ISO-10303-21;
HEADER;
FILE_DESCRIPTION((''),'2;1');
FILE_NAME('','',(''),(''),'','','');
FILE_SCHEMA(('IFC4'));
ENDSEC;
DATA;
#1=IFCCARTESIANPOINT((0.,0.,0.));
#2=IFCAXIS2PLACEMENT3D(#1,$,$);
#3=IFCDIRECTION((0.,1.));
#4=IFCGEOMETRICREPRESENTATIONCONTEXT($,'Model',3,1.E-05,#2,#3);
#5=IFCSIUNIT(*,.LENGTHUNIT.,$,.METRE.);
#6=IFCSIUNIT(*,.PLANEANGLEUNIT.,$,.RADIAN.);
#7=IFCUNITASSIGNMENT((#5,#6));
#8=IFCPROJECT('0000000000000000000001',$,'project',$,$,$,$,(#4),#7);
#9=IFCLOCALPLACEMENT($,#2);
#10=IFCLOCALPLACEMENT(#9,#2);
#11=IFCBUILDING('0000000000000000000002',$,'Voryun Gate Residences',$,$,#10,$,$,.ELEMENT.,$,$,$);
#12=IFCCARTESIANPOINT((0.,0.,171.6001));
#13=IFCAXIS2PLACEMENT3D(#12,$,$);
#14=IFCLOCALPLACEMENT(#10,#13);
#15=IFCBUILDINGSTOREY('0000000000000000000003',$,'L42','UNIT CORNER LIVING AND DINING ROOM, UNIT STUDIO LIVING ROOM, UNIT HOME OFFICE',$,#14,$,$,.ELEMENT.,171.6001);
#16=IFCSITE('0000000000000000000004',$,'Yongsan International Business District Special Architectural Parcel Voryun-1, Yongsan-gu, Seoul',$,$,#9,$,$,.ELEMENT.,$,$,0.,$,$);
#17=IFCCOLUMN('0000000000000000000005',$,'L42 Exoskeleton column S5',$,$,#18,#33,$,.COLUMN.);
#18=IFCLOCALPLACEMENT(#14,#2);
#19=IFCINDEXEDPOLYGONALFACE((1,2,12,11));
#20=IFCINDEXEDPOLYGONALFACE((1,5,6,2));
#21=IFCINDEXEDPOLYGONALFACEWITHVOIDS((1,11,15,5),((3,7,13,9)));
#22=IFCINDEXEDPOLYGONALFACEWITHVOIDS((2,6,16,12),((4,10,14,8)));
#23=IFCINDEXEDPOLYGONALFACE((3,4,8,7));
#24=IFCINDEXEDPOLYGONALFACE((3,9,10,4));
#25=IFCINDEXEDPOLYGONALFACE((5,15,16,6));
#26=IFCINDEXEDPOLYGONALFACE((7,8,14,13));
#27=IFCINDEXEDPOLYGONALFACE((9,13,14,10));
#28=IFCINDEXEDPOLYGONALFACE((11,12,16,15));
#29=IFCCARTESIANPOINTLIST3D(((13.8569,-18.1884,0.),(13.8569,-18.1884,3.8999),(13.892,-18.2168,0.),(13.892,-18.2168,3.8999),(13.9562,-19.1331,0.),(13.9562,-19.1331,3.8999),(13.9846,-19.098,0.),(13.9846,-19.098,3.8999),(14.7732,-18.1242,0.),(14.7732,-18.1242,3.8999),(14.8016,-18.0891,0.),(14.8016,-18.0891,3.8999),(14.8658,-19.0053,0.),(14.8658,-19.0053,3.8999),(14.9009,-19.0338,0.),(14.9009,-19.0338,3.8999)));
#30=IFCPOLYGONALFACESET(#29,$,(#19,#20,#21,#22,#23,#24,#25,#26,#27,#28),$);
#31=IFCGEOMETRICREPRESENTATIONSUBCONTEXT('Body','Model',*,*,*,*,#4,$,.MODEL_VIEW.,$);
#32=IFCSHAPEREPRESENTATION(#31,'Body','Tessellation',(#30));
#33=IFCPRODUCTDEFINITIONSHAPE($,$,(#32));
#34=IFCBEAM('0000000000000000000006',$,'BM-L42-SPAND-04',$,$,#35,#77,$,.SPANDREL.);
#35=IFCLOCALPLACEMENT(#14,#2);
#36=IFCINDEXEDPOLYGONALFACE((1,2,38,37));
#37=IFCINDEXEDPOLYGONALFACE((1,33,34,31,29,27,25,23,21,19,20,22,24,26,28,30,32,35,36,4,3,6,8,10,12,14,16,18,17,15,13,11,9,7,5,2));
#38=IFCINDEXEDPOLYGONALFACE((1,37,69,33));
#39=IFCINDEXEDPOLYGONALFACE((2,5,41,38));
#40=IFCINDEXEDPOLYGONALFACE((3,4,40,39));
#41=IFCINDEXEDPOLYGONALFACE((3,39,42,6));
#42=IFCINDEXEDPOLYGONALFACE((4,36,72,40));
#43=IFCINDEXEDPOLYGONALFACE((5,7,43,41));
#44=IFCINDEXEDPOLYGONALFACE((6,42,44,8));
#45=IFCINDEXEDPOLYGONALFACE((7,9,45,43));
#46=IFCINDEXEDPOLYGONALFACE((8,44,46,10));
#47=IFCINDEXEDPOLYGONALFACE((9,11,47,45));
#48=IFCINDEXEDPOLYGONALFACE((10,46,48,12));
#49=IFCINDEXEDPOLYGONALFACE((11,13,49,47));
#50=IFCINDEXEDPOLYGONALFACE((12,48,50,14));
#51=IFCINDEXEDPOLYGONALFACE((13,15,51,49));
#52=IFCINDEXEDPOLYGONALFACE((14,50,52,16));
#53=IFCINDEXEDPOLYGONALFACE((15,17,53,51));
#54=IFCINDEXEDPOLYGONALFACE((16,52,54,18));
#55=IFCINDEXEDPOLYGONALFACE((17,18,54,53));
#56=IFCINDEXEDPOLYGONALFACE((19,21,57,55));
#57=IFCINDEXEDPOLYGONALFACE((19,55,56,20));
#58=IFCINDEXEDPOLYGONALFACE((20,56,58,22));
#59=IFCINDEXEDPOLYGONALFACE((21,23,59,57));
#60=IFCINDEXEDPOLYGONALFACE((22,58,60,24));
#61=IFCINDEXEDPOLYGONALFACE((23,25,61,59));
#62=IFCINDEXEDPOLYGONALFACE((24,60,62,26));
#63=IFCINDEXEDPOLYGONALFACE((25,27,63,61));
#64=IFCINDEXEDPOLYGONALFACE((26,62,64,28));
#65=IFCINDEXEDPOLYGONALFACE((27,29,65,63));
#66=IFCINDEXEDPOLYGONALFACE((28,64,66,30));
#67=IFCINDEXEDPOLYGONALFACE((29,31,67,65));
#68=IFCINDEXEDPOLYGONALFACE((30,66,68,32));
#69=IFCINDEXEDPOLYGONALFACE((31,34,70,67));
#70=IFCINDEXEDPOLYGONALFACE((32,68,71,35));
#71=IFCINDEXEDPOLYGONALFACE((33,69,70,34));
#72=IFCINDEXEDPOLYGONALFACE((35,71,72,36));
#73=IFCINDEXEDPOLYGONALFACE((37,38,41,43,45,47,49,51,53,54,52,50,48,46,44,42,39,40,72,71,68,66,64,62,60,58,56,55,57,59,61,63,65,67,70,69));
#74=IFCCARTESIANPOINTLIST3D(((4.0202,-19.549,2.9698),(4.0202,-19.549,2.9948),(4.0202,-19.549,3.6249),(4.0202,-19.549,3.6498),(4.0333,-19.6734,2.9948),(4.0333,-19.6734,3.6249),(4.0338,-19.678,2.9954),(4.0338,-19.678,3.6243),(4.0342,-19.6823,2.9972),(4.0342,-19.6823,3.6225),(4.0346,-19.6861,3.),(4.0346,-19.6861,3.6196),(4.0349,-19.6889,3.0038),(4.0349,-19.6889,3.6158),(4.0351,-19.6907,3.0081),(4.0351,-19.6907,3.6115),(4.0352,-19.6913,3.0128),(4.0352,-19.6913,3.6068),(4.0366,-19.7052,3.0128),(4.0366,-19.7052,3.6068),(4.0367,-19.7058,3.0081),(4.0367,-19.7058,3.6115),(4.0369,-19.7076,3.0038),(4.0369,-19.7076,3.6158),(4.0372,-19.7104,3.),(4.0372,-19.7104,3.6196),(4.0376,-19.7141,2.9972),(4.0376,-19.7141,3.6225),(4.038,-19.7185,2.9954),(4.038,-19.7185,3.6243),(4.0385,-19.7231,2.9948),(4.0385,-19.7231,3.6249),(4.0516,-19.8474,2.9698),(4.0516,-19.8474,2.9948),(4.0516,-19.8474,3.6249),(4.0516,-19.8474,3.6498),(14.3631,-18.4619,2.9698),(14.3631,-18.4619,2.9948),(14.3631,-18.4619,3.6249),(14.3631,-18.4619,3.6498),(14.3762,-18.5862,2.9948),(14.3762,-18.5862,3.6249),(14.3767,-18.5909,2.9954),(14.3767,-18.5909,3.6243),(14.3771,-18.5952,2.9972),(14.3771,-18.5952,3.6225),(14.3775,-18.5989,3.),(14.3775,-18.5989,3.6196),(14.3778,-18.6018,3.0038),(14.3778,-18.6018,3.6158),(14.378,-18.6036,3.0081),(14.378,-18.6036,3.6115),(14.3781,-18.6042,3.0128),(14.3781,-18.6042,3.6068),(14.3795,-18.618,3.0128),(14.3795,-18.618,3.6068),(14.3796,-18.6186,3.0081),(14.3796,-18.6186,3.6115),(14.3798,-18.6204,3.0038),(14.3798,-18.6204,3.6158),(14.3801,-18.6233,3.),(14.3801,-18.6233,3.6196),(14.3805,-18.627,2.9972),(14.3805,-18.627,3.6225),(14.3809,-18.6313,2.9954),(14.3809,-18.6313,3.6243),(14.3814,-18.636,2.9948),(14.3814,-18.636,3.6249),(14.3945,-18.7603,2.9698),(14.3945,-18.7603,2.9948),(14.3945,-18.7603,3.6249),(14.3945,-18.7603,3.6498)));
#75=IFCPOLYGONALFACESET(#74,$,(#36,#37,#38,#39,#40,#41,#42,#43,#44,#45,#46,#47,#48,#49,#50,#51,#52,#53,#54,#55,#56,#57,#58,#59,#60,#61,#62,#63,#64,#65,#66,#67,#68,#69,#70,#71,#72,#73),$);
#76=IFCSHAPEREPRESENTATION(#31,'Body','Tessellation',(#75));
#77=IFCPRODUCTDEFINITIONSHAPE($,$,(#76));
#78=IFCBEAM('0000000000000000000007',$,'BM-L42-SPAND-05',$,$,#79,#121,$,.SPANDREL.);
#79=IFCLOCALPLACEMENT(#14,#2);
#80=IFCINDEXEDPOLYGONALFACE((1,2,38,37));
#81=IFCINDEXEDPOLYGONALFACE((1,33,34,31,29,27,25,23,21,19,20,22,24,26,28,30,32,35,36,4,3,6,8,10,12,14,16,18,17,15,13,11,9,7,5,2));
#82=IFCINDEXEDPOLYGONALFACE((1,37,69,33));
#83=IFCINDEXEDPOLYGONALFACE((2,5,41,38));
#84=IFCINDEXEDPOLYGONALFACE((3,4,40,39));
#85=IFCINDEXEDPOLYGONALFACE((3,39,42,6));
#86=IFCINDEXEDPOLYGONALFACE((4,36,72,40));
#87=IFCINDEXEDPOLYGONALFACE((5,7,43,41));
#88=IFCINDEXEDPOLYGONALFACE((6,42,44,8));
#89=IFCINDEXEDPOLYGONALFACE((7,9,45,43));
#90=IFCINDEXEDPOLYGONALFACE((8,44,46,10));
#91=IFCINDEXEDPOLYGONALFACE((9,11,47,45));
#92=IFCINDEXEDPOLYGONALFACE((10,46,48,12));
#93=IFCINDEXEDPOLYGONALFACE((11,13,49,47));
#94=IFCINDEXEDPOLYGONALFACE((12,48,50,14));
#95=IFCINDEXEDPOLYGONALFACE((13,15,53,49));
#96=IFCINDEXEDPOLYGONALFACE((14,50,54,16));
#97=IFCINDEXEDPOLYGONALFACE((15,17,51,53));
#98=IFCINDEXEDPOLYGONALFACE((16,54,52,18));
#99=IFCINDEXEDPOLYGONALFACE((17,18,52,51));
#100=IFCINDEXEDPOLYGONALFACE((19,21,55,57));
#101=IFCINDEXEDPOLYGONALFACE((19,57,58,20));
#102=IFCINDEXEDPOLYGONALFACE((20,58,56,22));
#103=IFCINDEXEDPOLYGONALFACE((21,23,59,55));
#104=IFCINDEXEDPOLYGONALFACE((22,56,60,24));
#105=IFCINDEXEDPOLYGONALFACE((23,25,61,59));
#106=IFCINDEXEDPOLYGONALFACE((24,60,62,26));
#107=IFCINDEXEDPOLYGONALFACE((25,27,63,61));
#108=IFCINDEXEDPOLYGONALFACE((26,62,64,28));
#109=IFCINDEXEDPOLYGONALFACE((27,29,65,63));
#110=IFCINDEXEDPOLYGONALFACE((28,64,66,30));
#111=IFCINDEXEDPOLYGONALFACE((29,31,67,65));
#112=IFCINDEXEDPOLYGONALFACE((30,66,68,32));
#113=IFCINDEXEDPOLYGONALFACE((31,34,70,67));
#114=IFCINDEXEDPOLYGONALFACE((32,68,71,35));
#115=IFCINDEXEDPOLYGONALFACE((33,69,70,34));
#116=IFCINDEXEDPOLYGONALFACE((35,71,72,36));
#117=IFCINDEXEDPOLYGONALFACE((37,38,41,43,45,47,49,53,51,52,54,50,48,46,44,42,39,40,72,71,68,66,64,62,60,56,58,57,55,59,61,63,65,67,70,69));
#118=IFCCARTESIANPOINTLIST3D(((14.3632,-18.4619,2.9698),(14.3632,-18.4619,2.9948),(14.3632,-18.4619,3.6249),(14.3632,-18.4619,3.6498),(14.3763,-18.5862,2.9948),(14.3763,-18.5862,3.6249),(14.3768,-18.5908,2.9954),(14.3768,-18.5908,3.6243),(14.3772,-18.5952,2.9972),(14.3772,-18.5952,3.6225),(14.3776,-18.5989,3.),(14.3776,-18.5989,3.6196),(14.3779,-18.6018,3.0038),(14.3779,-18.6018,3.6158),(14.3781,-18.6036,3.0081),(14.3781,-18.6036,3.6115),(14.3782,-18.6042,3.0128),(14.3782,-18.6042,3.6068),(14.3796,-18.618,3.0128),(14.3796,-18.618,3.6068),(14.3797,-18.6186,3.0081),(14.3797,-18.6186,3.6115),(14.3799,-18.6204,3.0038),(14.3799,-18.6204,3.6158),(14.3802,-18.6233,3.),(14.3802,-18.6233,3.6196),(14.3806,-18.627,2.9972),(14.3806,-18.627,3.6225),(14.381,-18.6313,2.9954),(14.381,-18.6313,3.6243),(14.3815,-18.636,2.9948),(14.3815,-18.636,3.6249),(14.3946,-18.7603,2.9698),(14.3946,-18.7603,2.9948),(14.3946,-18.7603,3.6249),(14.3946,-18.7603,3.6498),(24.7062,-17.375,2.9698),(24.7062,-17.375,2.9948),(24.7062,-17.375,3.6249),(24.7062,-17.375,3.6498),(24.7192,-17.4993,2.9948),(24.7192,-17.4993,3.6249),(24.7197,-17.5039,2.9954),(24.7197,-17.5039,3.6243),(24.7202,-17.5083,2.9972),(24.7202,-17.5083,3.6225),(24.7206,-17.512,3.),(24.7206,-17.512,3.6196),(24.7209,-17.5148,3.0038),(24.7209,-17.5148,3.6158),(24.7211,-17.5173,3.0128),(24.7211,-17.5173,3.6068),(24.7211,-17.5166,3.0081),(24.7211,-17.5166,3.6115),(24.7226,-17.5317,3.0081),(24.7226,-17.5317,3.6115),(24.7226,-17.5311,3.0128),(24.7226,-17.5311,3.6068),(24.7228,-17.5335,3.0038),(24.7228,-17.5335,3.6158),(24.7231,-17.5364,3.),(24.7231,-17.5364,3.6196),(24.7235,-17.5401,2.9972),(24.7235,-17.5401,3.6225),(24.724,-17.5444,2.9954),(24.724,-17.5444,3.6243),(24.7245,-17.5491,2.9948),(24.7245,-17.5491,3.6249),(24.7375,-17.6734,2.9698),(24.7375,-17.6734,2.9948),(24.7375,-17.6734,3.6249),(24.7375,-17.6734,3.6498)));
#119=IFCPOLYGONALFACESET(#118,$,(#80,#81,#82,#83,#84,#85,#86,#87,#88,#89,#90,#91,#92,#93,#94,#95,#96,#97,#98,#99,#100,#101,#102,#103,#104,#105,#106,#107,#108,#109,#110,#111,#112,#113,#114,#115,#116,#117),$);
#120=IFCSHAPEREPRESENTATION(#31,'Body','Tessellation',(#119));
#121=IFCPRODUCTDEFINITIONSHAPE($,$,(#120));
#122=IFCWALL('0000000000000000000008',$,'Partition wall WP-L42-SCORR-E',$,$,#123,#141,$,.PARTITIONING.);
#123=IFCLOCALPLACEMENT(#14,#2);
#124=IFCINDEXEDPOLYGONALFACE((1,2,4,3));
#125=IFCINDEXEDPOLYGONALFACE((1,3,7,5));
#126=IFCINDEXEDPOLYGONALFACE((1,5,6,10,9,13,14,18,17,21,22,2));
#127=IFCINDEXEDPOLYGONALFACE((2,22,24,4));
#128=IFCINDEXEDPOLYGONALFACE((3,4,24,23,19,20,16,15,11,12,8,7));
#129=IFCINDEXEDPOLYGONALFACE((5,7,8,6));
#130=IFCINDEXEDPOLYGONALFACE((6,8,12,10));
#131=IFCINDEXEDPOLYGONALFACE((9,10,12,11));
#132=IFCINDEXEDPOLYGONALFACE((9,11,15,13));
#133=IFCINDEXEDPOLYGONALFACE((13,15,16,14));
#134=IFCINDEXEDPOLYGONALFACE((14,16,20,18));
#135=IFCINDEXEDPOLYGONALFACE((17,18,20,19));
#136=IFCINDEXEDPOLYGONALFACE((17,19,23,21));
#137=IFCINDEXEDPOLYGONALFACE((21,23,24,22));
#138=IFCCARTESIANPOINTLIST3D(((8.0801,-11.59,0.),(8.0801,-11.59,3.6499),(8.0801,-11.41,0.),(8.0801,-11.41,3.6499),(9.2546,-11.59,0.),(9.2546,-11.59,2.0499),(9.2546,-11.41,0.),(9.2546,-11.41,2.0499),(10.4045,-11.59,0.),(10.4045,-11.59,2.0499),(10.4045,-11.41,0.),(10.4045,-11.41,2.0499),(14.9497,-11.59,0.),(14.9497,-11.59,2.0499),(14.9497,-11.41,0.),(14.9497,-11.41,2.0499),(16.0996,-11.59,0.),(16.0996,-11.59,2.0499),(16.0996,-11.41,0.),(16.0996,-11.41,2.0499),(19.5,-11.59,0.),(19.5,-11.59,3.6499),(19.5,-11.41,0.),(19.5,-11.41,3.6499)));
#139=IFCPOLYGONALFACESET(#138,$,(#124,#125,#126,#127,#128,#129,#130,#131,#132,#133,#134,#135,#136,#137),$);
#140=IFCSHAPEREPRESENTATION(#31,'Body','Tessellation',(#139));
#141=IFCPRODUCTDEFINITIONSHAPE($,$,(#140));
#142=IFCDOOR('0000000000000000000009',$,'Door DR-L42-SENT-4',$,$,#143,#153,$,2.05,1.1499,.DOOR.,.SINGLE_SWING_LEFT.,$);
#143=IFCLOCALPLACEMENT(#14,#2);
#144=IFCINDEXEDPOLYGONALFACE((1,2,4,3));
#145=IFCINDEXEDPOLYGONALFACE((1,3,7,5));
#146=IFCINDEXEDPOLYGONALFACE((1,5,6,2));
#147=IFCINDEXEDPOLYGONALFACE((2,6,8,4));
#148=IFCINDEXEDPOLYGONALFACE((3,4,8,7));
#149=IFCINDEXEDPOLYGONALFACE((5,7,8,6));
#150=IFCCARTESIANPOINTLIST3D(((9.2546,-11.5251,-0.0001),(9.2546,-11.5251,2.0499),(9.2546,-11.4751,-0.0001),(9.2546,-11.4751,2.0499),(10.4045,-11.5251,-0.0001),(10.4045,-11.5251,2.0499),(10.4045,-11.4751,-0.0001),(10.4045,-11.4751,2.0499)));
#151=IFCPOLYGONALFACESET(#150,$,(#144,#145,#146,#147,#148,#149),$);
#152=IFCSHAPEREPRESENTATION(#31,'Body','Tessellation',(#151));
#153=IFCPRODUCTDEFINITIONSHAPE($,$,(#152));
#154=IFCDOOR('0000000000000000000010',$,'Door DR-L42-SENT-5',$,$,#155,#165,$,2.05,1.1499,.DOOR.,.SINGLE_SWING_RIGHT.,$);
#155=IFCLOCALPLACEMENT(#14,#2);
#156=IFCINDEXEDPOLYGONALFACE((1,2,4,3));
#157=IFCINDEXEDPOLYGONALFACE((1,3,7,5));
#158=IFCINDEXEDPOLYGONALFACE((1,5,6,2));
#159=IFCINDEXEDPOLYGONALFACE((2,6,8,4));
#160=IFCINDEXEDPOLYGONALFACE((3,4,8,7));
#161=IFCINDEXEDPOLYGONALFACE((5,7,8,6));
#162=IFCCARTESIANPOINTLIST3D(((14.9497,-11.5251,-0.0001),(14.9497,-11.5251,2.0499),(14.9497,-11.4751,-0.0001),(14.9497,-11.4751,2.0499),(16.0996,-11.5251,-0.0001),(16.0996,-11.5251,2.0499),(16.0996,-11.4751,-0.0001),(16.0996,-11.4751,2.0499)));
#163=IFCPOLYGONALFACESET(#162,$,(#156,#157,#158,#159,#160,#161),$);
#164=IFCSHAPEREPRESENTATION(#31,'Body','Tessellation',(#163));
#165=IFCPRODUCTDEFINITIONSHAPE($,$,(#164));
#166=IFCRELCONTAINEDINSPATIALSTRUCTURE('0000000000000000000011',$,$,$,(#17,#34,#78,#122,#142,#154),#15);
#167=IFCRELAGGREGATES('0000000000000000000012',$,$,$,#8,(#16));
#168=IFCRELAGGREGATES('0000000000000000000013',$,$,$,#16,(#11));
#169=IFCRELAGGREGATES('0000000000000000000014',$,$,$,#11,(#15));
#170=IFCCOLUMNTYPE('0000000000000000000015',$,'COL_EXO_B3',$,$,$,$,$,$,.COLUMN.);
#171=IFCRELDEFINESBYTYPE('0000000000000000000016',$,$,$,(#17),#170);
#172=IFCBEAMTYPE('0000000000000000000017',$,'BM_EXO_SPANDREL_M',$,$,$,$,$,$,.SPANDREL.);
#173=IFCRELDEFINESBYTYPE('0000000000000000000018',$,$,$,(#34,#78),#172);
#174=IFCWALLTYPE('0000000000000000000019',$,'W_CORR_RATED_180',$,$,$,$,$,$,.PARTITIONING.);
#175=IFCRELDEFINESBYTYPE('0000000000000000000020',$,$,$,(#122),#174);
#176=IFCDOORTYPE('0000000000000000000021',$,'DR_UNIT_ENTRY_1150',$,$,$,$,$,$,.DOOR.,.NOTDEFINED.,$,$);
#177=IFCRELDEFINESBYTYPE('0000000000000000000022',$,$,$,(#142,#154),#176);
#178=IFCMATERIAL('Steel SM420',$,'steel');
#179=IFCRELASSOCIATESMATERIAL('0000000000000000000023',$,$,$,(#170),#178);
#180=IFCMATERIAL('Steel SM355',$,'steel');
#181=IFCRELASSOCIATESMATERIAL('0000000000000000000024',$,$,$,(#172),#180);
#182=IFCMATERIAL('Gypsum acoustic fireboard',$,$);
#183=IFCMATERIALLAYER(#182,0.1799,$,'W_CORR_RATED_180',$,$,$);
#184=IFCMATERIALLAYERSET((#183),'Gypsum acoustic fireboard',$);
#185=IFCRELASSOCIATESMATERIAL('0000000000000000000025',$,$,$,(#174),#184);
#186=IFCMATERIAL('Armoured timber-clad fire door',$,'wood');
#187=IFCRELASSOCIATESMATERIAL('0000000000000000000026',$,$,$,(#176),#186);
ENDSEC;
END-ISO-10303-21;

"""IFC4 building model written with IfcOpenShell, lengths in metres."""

from ifc_helpers import new_model, si_unit, direction, frame, frame_2d, origin, origin_2d, place, context, subcontext, project, spatial, rectangle, hollow_rectangle, i_section, extrude, material, layer, layer_set, material_profile, profile_set, type_object, element, fill, save


model = new_model("IFC4")

# Units and contexts
model_context = context("Model", 3, precision=1e-05, world=origin(), true_north=direction((0.0, 1.0)))
body_context = subcontext(model_context, "Body", "Model", "MODEL_VIEW")
ifc_project = project(units=[si_unit("LENGTHUNIT", "METRE"), si_unit("PLANEANGLEUNIT", "RADIAN")], contexts=[model_context])

# Site, building, storey
site_placement = place(None, origin())
site = spatial("IfcSite", under=ifc_project, at=site_placement, Name="Yongsan International Business District Special Architectural Parcel Voryun-1, Yongsan-gu, Seoul", CompositionType="ELEMENT", RefElevation=0.0)
building_placement = place(site_placement, origin())
building = spatial("IfcBuilding", under=site, at=building_placement, Name="Voryun Gate Residences", CompositionType="ELEMENT")
storey_placement = place(building_placement, frame((0.0, 0.0, 171.6001)))
storey = spatial("IfcBuildingStorey", under=building, at=storey_placement, Name="L42", Description="UNIT CORNER LIVING AND DINING ROOM, UNIT STUDIO LIVING ROOM, UNIT HOME OFFICE", CompositionType="ELEMENT", Elevation=171.6001)

# Column
ifc_material_1 = material(Name="Steel SM420", Category="steel")
ifc_material_profile_1 = material_profile(ifc_material_1, hollow_rectangle(XDim=0.95, YDim=0.95, WallThickness=0.032, at=origin_2d()), Name="BOX-950x950x32")
ifc_profile_set_1 = profile_set([ifc_material_profile_1], Name="Steel SM420")
column_type = type_object("IfcColumnType", Name="COL_EXO_B3", PredefinedType="COLUMN", material=ifc_profile_set_1)
column_placement = place(storey_placement, frame((14.3789, -18.6111, 0.0), z_axis=(0.0, 0.0, 1.0), x_axis=(0.994522, 0.104528, 0.0)))
element("IfcColumn", 1, at=column_placement, inside=storey, type_object=column_type, Name="L42 Exoskeleton column S5", PredefinedType="COLUMN", context=body_context, shape_type="SweptSolid", body=[
    extrude(hollow_rectangle(XDim=0.95, YDim=0.95, WallThickness=0.032, at=origin_2d()), origin(), (0.0, 0.0, 1.0), 3.8999),
])

# Beams
ifc_material_2 = material(Name="Steel SM355", Category="steel")
ifc_material_profile_2 = material_profile(ifc_material_2, i_section(OverallWidth=0.3, OverallDepth=0.6799, WebThickness=0.0139, FlangeThickness=0.0249, FilletRadius=0.0181, at=origin_2d()), Name="H-680x300x14x25")
ifc_profile_set_2 = profile_set([ifc_material_profile_2], Name="Steel SM355")
beam_type = type_object("IfcBeamType", Name="BM_EXO_SPANDREL_M", PredefinedType="SPANDREL", material=ifc_profile_set_2)
for number, where, z_axis, x_axis, name in (
    (2, (4.0359, -19.6982, 3.3098), (0.994521, 0.104534, 0.0), (-0.104534, 0.994521, 0.0), "BM-L42-SPAND-04"),
    (3, (14.3789, -18.6111, 3.3098), (0.994524, 0.104511, 0.0), (-0.104511, 0.994524, 0.0), "BM-L42-SPAND-05"),
):
    element("IfcBeam", number, at=place(storey_placement, frame(where, z_axis=z_axis, x_axis=x_axis)), inside=storey, type_object=beam_type, Name=name, PredefinedType="SPANDREL", context=body_context, shape_type="SweptSolid", body=[
        extrude(i_section(OverallWidth=0.3, OverallDepth=0.6799, WebThickness=0.0139, FlangeThickness=0.0249, FilletRadius=0.0181, at=origin_2d()), origin(), (0.0, 0.0, 1.0), 10.3999),
    ])

# Wall, openings, doors
ifc_material_3 = material(Name="Gypsum acoustic fireboard")
ifc_layer_1 = layer(ifc_material_3, 0.1799, Name="W_CORR_RATED_180")
ifc_layer_set_1 = layer_set([ifc_layer_1], Name="Gypsum acoustic fireboard")
wall_type_1 = type_object("IfcWallType", Name="W_CORR_RATED_180", PredefinedType="PARTITIONING", material=ifc_layer_set_1)
wall_1_placement = place(storey_placement, frame((8.0801, -11.5, 0.0), z_axis=(0.0, 0.0, 1.0), x_axis=(1.0, 0.0, 0.0)))
wall_1 = element("IfcWall", 4, at=wall_1_placement, inside=storey, type_object=wall_type_1, Name="Partition wall WP-L42-SCORR-E", PredefinedType="PARTITIONING", context=body_context, shape_type="SweptSolid", body=[
    extrude(rectangle(XDim=11.4199, YDim=0.1799, at=frame_2d((5.71, 0.0))), origin(), (0.0, 0.0, 1.0), 3.6499),
])
opening_1_placement = place(wall_1_placement, frame((1.1746, 0.0, 0.0)))
opening_1 = element("IfcOpeningElement", 5, at=opening_1_placement, cuts=wall_1, PredefinedType="OPENING", context=body_context, shape_type="SweptSolid", body=[
    extrude(rectangle(XDim=1.1499, YDim=2.05, at=frame_2d((0.575, 1.0249))), frame((0.0, 0.0999, 0.0), z_axis=(0.0, -1.0, 0.0), x_axis=(1.0, 0.0, 0.0)), (0.0, 0.0, 1.0), 0.2),
])
opening_2_placement = place(wall_1_placement, frame((6.8696, 0.0, 0.0)))
opening_2 = element("IfcOpeningElement", 6, at=opening_2_placement, cuts=wall_1, PredefinedType="OPENING", context=body_context, shape_type="SweptSolid", body=[
    extrude(rectangle(XDim=1.1499, YDim=2.05, at=frame_2d((0.575, 1.0249))), frame((0.0, 0.0999, 0.0), z_axis=(0.0, -1.0, 0.0), x_axis=(1.0, 0.0, 0.0)), (0.0, 0.0, 1.0), 0.2),
])
ifc_material_4 = material(Name="Armoured timber-clad fire door", Category="wood")
door_type_1 = type_object("IfcDoorType", Name="DR_UNIT_ENTRY_1150", OperationType="NOTDEFINED", PredefinedType="DOOR", material=ifc_material_4)
door_1_placement = place(opening_1_placement, origin())
door_1 = element("IfcDoor", 7, at=door_1_placement, inside=storey, type_object=door_type_1, Name="Door DR-L42-SENT-4", OperationType="SINGLE_SWING_LEFT", OverallHeight=2.05, OverallWidth=1.1499, PredefinedType="DOOR", context=body_context, shape_type="SweptSolid", body=[
    extrude(rectangle(XDim=1.1499, YDim=2.05, at=frame_2d((0.575, 1.0249))), frame((0.0, 0.0249, 0.0), z_axis=(0.0, -1.0, 0.0), x_axis=(1.0, 0.0, 0.0)), (0.0, 0.0, 1.0), 0.05),
])
fill(opening_1, door_1)
door_2_placement = place(opening_2_placement, origin())
door_2 = element("IfcDoor", 8, at=door_2_placement, inside=storey, type_object=door_type_1, Name="Door DR-L42-SENT-5", OperationType="SINGLE_SWING_RIGHT", OverallHeight=2.05, OverallWidth=1.1499, PredefinedType="DOOR", context=body_context, shape_type="SweptSolid", body=[
    extrude(rectangle(XDim=1.1499, YDim=2.05, at=frame_2d((0.575, 1.0249))), frame((0.0, 0.0249, 0.0), z_axis=(0.0, -1.0, 0.0), x_axis=(1.0, 0.0, 0.0)), (0.0, 0.0, 1.0), 0.05),
])
fill(opening_2, door_2)

save(model, "model.ifc")
